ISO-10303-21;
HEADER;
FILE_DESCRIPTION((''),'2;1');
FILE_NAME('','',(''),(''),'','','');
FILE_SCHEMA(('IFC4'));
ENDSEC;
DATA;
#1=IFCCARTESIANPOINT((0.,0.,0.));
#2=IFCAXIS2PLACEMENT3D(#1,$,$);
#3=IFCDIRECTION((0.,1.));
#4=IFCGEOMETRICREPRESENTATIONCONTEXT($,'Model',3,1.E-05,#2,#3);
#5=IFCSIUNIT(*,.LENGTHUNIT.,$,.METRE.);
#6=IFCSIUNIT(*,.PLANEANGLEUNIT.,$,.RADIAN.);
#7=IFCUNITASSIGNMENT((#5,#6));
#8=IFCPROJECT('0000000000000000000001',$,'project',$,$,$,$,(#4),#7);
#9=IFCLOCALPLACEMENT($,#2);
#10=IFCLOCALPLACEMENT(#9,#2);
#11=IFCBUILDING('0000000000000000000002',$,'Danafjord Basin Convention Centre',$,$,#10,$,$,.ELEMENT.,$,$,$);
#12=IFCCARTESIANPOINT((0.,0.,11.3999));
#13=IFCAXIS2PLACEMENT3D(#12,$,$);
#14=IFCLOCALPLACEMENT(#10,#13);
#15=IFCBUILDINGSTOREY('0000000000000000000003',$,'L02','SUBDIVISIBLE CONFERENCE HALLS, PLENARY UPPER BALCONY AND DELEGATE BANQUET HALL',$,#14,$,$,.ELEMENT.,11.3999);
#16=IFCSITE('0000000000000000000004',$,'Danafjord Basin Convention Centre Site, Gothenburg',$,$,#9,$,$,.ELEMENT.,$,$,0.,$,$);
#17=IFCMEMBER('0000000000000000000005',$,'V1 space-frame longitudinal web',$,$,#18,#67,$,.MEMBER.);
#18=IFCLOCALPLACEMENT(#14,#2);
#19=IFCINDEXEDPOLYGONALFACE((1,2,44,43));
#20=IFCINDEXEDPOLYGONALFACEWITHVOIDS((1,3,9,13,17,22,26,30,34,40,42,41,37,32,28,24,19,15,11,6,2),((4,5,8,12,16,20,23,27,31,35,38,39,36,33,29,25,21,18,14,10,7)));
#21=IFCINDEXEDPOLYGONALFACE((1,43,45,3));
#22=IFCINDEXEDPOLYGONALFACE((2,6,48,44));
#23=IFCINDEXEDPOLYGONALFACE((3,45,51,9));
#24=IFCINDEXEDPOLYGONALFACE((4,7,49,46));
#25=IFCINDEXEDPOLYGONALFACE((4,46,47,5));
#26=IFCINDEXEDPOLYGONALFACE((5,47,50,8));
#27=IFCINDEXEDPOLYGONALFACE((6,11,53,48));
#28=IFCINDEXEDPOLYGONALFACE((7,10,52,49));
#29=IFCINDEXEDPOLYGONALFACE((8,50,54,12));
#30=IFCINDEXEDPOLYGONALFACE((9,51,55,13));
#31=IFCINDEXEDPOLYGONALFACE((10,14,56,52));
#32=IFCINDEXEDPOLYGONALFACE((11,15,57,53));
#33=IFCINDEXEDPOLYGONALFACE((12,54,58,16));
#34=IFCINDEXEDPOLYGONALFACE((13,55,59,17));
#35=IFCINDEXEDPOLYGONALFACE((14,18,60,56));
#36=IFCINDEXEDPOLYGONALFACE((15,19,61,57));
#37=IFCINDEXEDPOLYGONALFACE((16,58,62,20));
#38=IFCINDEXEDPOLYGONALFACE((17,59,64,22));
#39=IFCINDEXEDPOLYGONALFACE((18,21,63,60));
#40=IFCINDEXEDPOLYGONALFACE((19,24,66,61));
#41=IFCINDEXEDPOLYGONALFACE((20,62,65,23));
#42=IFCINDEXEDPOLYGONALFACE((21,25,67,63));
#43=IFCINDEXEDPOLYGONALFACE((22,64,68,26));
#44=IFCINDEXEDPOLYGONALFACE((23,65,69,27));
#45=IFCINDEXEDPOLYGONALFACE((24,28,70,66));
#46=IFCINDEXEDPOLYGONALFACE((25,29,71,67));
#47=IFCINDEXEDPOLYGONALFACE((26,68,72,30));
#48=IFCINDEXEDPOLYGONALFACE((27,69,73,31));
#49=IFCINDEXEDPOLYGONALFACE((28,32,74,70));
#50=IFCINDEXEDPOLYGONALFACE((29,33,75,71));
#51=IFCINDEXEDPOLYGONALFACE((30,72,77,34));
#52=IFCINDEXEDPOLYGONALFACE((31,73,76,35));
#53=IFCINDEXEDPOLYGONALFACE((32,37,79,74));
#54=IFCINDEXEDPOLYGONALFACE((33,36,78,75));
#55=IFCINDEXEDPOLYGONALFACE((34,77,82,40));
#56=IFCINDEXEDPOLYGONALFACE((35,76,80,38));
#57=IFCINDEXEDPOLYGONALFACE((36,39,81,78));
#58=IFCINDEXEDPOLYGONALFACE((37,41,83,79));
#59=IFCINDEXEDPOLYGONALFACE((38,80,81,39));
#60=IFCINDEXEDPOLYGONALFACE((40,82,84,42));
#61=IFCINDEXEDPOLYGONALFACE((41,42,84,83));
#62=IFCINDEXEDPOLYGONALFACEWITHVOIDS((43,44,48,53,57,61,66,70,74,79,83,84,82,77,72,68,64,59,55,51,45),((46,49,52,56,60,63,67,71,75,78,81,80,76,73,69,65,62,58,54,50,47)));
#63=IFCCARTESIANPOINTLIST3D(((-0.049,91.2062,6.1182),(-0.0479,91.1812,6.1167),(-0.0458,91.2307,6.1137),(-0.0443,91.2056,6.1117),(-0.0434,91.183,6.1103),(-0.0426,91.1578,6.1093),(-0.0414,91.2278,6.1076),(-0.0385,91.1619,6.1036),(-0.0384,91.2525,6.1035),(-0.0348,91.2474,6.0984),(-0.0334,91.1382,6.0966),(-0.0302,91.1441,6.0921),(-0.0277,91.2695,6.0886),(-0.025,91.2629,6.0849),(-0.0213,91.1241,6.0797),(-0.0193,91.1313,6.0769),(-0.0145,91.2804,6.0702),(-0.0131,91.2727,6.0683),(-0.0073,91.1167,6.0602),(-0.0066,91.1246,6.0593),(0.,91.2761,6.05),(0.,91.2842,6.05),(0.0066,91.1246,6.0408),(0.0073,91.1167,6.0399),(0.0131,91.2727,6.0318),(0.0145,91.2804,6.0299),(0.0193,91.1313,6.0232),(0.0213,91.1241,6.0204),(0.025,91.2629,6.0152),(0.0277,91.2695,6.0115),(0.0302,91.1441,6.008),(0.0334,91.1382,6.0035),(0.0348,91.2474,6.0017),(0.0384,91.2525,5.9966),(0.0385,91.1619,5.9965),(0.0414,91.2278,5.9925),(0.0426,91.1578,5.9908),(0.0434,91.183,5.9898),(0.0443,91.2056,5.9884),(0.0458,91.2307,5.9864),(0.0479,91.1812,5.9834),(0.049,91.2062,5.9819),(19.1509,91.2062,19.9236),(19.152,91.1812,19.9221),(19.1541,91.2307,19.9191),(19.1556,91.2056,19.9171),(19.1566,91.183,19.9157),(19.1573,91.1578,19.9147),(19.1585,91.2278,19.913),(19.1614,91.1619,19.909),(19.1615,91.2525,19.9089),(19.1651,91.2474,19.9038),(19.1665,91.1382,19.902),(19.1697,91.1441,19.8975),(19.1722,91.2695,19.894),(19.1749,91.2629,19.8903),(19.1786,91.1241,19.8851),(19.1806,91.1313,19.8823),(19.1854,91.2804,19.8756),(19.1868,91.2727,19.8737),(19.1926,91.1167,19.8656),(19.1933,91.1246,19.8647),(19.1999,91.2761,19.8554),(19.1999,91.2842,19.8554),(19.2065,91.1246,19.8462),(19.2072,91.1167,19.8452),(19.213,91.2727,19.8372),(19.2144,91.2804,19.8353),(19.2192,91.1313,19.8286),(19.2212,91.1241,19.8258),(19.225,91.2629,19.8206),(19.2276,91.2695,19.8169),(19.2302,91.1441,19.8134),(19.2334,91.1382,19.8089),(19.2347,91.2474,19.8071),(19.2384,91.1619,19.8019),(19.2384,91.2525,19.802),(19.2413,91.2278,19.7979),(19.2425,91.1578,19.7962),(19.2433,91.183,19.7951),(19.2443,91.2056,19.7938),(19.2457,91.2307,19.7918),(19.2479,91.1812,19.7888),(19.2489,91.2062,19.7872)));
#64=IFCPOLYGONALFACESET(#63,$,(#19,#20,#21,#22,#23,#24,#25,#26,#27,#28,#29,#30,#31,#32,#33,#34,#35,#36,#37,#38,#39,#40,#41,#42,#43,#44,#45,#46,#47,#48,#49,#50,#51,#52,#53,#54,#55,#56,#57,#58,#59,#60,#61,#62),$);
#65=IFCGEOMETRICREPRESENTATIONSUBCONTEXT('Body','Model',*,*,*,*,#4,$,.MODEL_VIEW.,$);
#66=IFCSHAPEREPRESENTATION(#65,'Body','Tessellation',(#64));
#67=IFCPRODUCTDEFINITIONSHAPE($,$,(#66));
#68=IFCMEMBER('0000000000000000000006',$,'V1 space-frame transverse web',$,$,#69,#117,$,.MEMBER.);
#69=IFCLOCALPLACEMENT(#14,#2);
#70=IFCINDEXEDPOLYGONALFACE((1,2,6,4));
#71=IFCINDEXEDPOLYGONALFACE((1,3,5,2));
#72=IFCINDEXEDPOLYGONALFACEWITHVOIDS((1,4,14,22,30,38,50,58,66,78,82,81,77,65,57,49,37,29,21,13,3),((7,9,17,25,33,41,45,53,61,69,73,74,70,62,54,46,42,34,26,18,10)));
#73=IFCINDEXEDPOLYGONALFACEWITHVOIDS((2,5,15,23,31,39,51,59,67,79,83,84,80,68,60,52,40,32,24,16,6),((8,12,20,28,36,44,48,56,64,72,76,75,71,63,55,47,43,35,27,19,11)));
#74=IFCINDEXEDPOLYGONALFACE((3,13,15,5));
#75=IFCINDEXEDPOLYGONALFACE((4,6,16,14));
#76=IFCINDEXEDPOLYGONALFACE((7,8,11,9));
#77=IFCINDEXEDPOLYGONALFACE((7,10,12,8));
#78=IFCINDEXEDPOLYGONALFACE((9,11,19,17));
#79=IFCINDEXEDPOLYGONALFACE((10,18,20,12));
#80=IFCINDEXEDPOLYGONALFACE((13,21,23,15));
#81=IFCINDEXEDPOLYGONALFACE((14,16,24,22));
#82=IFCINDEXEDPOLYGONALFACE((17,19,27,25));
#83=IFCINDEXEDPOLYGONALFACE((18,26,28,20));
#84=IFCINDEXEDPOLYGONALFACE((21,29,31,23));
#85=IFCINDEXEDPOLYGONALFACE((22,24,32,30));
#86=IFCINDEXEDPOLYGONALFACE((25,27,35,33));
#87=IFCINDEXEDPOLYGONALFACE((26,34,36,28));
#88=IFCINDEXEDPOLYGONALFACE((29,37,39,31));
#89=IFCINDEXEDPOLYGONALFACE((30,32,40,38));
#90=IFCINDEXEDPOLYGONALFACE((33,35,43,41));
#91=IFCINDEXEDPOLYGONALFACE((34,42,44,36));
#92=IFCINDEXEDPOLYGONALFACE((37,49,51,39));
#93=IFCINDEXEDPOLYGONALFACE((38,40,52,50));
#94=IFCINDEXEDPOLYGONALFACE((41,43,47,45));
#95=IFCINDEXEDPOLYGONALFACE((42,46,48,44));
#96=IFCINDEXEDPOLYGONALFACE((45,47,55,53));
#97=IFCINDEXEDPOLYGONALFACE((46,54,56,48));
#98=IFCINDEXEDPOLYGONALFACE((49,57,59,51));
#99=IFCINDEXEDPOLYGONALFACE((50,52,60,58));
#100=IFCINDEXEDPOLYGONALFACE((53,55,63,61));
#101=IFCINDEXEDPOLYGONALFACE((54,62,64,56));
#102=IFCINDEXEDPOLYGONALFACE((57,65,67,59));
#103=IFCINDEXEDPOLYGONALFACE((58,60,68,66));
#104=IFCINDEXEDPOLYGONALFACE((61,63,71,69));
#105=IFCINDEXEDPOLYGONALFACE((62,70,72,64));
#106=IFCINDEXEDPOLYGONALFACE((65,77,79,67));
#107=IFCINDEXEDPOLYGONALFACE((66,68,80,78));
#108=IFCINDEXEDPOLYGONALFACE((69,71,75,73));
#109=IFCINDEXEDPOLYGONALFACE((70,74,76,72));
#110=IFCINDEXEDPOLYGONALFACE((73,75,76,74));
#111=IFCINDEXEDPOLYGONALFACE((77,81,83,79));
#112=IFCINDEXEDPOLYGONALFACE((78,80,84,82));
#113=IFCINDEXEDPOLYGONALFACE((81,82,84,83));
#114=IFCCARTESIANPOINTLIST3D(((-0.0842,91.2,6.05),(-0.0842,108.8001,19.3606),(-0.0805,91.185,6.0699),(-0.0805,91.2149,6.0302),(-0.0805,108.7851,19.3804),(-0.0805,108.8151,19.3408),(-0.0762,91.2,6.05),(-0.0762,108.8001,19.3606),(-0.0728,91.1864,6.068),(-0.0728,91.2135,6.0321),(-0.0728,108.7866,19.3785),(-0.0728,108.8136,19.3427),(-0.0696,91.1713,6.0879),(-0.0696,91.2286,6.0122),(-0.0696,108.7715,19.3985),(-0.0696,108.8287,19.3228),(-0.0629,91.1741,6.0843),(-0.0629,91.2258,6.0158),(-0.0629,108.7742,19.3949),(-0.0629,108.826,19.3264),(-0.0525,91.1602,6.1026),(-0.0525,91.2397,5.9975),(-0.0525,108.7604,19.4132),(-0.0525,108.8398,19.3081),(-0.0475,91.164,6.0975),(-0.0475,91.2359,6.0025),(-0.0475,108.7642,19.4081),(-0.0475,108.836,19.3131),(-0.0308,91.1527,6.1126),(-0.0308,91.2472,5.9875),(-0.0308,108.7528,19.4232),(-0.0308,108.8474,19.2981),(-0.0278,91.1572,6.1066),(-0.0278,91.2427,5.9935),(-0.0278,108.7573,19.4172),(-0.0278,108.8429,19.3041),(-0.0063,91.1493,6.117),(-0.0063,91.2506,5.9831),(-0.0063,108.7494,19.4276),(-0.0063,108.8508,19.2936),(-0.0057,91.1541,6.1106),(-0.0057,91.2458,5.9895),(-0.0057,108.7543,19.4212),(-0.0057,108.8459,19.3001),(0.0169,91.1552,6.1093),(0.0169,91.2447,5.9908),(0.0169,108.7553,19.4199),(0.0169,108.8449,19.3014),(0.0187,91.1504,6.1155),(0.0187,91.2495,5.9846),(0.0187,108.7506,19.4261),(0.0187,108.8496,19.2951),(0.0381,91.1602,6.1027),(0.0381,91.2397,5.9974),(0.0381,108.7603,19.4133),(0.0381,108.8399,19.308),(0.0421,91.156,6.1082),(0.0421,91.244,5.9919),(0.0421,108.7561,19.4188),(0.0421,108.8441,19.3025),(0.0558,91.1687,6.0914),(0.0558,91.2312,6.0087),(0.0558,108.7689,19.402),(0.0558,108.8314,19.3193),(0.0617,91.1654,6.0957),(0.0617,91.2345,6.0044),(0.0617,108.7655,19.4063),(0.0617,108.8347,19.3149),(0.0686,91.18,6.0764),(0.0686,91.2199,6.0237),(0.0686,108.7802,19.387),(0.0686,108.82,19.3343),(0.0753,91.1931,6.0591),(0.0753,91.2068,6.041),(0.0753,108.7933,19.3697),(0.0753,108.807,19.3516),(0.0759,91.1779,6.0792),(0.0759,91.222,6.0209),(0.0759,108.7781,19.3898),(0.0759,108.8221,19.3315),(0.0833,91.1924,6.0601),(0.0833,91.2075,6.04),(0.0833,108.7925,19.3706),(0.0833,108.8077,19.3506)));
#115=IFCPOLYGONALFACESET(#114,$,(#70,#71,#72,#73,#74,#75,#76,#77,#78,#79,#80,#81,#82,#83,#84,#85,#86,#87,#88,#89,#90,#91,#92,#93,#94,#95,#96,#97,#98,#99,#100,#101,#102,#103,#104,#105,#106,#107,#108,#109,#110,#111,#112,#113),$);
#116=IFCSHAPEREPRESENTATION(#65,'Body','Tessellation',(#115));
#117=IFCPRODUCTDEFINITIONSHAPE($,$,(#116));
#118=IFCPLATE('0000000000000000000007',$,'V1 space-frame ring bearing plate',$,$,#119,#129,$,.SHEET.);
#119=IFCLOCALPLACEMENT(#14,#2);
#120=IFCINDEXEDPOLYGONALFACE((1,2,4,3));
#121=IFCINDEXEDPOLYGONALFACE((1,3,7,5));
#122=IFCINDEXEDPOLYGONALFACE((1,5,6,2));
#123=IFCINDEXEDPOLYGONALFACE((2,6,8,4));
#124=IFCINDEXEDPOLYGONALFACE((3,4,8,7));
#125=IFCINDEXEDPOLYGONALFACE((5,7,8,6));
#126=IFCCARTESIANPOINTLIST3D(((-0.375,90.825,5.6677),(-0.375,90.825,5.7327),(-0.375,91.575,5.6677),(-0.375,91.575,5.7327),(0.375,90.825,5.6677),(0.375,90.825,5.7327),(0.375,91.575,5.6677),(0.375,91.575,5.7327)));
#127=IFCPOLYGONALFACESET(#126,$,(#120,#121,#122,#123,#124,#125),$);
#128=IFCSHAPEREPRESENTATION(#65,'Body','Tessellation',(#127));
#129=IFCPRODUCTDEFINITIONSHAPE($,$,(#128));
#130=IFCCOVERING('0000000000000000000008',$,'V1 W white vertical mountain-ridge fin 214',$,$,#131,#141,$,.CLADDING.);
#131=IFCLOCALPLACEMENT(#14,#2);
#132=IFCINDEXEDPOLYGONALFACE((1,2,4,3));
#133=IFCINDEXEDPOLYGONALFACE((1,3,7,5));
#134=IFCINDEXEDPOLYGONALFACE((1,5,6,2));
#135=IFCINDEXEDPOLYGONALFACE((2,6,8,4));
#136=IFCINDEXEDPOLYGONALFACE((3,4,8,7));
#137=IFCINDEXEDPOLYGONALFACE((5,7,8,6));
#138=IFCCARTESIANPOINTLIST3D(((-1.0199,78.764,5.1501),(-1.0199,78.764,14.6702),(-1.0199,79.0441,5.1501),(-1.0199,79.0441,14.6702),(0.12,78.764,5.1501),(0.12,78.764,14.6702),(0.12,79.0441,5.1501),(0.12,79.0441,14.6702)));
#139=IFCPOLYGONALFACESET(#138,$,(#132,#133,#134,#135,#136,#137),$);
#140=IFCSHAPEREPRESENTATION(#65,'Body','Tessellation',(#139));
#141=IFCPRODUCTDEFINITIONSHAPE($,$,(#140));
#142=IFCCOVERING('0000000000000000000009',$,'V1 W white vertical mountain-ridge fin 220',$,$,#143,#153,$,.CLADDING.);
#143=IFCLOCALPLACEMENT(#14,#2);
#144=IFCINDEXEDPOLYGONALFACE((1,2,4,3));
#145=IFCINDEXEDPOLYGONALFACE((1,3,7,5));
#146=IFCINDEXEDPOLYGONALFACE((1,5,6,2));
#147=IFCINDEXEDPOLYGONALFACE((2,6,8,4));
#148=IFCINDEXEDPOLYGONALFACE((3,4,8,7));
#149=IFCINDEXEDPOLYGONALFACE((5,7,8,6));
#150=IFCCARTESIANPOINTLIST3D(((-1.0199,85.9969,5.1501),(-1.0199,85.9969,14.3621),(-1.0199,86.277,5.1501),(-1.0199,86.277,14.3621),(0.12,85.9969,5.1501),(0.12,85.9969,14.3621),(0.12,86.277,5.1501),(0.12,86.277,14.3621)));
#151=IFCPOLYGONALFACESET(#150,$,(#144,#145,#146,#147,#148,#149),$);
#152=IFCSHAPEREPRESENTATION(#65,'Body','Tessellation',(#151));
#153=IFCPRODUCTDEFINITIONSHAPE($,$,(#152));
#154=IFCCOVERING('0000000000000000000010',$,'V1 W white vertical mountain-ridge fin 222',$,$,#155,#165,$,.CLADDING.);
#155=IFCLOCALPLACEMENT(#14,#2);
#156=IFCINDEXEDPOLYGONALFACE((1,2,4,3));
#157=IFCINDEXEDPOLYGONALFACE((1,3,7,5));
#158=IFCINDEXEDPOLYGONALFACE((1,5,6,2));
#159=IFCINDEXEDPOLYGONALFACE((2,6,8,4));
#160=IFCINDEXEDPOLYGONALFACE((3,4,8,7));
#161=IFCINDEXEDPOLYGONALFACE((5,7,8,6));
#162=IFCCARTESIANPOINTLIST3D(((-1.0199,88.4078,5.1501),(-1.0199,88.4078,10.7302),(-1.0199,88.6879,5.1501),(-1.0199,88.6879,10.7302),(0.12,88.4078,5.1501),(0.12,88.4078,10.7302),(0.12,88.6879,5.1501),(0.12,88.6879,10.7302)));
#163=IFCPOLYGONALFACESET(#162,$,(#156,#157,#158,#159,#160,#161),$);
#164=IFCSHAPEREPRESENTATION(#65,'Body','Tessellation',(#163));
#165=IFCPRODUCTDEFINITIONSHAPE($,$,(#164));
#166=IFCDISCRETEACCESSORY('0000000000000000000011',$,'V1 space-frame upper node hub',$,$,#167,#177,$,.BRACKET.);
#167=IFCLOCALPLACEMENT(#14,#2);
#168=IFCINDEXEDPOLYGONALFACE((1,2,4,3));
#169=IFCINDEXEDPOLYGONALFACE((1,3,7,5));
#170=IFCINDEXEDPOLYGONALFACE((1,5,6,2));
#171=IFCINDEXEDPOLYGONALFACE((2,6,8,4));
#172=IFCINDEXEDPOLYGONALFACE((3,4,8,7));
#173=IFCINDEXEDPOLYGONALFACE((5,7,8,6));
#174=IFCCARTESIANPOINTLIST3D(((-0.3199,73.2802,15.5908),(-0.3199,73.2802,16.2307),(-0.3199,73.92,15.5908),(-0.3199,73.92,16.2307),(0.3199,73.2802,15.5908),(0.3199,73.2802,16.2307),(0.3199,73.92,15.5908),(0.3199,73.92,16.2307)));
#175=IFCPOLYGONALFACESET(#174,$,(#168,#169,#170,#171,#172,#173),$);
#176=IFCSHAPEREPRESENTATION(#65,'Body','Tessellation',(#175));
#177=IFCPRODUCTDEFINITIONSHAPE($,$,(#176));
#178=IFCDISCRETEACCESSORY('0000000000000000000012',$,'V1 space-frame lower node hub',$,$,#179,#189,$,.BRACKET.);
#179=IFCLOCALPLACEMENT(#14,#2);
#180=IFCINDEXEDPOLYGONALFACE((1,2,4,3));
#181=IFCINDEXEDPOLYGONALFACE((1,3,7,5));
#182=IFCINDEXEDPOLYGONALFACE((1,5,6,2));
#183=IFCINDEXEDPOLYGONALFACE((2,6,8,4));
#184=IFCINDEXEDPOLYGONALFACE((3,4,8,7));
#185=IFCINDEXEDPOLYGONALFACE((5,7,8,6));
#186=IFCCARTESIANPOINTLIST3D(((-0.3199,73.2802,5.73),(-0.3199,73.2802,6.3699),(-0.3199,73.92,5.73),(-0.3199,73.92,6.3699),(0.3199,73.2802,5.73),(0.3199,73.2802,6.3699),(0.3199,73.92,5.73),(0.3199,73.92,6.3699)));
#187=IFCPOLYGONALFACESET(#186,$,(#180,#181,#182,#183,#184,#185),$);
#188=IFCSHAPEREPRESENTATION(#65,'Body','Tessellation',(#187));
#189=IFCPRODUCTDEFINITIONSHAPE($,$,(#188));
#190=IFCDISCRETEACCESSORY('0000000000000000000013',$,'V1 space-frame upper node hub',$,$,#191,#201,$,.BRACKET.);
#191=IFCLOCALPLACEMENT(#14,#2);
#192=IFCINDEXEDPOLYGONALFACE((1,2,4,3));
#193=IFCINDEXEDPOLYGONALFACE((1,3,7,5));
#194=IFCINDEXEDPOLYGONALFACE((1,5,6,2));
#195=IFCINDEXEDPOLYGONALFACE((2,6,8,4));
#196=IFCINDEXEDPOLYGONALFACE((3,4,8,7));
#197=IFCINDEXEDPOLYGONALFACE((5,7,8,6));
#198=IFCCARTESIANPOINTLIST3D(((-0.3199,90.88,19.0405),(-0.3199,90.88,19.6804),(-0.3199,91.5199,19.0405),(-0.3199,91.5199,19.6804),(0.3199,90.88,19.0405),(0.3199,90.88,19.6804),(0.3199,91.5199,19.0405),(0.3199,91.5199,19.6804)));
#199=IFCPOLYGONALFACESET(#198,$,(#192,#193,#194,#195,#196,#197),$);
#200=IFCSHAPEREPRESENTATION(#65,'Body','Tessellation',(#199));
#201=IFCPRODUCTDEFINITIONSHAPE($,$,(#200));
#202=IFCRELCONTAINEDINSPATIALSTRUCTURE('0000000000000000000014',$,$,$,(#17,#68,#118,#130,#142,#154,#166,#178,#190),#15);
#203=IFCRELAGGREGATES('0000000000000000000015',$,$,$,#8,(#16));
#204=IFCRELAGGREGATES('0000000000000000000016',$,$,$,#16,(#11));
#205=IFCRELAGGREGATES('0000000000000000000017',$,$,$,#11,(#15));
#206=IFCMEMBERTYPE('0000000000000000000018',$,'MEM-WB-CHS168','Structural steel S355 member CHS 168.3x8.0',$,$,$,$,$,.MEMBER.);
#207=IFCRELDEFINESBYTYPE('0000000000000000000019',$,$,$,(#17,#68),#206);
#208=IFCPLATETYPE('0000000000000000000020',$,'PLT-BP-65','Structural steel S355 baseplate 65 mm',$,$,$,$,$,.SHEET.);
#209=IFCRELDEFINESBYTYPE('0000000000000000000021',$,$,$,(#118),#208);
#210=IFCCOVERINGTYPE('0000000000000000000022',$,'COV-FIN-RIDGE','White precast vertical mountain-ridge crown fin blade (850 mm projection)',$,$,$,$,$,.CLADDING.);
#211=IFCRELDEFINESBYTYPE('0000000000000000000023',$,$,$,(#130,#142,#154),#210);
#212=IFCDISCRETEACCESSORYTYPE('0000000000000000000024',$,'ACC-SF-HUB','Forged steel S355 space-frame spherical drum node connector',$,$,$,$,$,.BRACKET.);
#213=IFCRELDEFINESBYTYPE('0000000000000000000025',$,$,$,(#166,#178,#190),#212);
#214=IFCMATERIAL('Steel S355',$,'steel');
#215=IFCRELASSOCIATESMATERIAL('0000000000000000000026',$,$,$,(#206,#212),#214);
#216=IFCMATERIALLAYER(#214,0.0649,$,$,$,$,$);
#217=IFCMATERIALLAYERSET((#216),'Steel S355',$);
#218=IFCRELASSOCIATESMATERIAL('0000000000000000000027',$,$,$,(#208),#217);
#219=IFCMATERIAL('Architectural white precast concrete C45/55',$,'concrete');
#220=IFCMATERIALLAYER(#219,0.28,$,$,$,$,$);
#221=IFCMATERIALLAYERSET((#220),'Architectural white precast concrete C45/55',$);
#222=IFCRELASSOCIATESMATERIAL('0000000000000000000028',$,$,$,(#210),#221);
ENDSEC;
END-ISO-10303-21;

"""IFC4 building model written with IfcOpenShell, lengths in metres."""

from ifc_helpers import new_model, si_unit, direction, frame, origin, origin_2d, place, context, subcontext, project, spatial, rectangle, hollow_circle, extrude, material, layer, layer_set, material_profile, profile_set, type_object, element, save


model = new_model("IFC4")

# Units and contexts
model_context = context("Model", 3, precision=1e-05, world=origin(), true_north=direction((0.0, 1.0)))
body_context = subcontext(model_context, "Body", "Model", "MODEL_VIEW")
ifc_project = project(units=[si_unit("LENGTHUNIT", "METRE"), si_unit("PLANEANGLEUNIT", "RADIAN")], contexts=[model_context])

# Site, building, storey
site_placement = place(None, origin())
site = spatial("IfcSite", under=ifc_project, at=site_placement, Name="Danafjord Basin Convention Centre Site, Gothenburg", CompositionType="ELEMENT", RefElevation=0.0)
building_placement = place(site_placement, origin())
building = spatial("IfcBuilding", under=site, at=building_placement, Name="Danafjord Basin Convention Centre", CompositionType="ELEMENT")
storey_placement = place(building_placement, frame((0.0, 0.0, 11.3999)))
storey = spatial("IfcBuildingStorey", under=building, at=storey_placement, Name="L02", Description="SUBDIVISIBLE CONFERENCE HALLS, PLENARY UPPER BALCONY AND DELEGATE BANQUET HALL", CompositionType="ELEMENT", Elevation=11.3999)

# Shared definitions
ifc_material_1 = material(Name="Steel S355", Category="steel")

# Members
ifc_material_profile_1 = material_profile(ifc_material_1, hollow_circle(Radius=0.0842, WallThickness=0.0081, at=origin_2d()), Name="CHS 168.3x8.0")
ifc_profile_set_1 = profile_set([ifc_material_profile_1], Name="Steel S355")
member_type_1 = type_object("IfcMemberType", Name="MEM-WB-CHS168", Description="Structural steel S355 member CHS 168.3x8.0", PredefinedType="MEMBER", material=ifc_profile_set_1)
member_1_placement = place(storey_placement, frame((0.0, 91.2, 6.05), z_axis=(0.811906, 0.0, 0.583788), x_axis=(0.0, 1.0, 0.0)))
element("IfcMember", 1, at=member_1_placement, inside=storey, type_object=member_type_1, Name="V1 space-frame longitudinal web", PredefinedType="MEMBER", context=body_context, shape_type="SweptSolid", body=[
    extrude(hollow_circle(Radius=0.0842, WallThickness=0.0081, at=origin_2d()), origin(), (0.0, 0.0, 1.0), 23.6479),
])
member_2_placement = place(storey_placement, frame((0.0, 91.2, 6.05), z_axis=(0.0, 0.797591, 0.603199), x_axis=(-1.0, 0.0, 0.0)))
element("IfcMember", 2, at=member_2_placement, inside=storey, type_object=member_type_1, Name="V1 space-frame transverse web", PredefinedType="MEMBER", context=body_context, shape_type="SweptSolid", body=[
    extrude(hollow_circle(Radius=0.0842, WallThickness=0.0081, at=origin_2d()), origin(), (0.0, 0.0, 1.0), 22.0667),
])

# Plate
ifc_layer_1 = layer(ifc_material_1, 0.0649)
ifc_layer_set_1 = layer_set([ifc_layer_1], Name="Steel S355")
plate_type = type_object("IfcPlateType", Name="PLT-BP-65", Description="Structural steel S355 baseplate 65 mm", PredefinedType="SHEET", material=ifc_layer_set_1)
plate_placement = place(storey_placement, frame((0.0, 91.2, 5.6677), z_axis=(0.0, 0.0, 1.0), x_axis=(1.0, 0.0, 0.0)))
element("IfcPlate", 3, at=plate_placement, inside=storey, type_object=plate_type, Name="V1 space-frame ring bearing plate", PredefinedType="SHEET", context=body_context, shape_type="SweptSolid", body=[
    extrude(rectangle(XDim=0.75, YDim=0.75, at=origin_2d()), origin(), (0.0, 0.0, 1.0), 0.0649),
])

# Coverings
ifc_material_2 = material(Name="Architectural white precast concrete C45/55", Category="concrete")
ifc_layer_2 = layer(ifc_material_2, 0.28)
ifc_layer_set_2 = layer_set([ifc_layer_2], Name="Architectural white precast concrete C45/55")
covering_type = type_object("IfcCoveringType", Name="COV-FIN-RIDGE", Description="White precast vertical mountain-ridge crown fin blade (850 mm projection)", PredefinedType="CLADDING", material=ifc_layer_set_2)
covering_1_placement = place(storey_placement, frame((-0.45, 78.9041, 5.1501), z_axis=(0.0, 0.0, 1.0), x_axis=(1.0, 0.0, 0.0)))
element("IfcCovering", 4, at=covering_1_placement, inside=storey, type_object=covering_type, Name="V1 W white vertical mountain-ridge fin 214", PredefinedType="CLADDING", context=body_context, shape_type="SweptSolid", body=[
    extrude(rectangle(XDim=1.1399, YDim=0.28, at=origin_2d()), origin(), (0.0, 0.0, 1.0), 9.52),
])
covering_2_placement = place(storey_placement, frame((-0.45, 86.137, 5.1501), z_axis=(0.0, 0.0, 1.0), x_axis=(1.0, 0.0, 0.0)))
element("IfcCovering", 5, at=covering_2_placement, inside=storey, type_object=covering_type, Name="V1 W white vertical mountain-ridge fin 220", PredefinedType="CLADDING", context=body_context, shape_type="SweptSolid", body=[
    extrude(rectangle(XDim=1.1399, YDim=0.28, at=origin_2d()), origin(), (0.0, 0.0, 1.0), 9.2119),
])
covering_3_placement = place(storey_placement, frame((-0.45, 88.5479, 5.1501), z_axis=(0.0, 0.0, 1.0), x_axis=(1.0, 0.0, 0.0)))
element("IfcCovering", 6, at=covering_3_placement, inside=storey, type_object=covering_type, Name="V1 W white vertical mountain-ridge fin 222", PredefinedType="CLADDING", context=body_context, shape_type="SweptSolid", body=[
    extrude(rectangle(XDim=1.1399, YDim=0.28, at=origin_2d()), origin(), (0.0, 0.0, 1.0), 5.5801),
])

# Discrete accessories
discrete_accessory_type = type_object("IfcDiscreteAccessoryType", Name="ACC-SF-HUB", Description="Forged steel S355 space-frame spherical drum node connector", PredefinedType="BRACKET", material=ifc_material_1)
for number, where, z_axis, x_axis, name in (
    (7, (0.0, 73.6001, 15.5908), (0.0, 0.0, 1.0), (1.0, 0.0, 0.0), "V1 space-frame upper node hub"),
    (8, (0.0, 73.6001, 5.73), (0.0, 0.0, 1.0), (1.0, 0.0, 0.0), "V1 space-frame lower node hub"),
    (9, (0.0, 91.2, 19.0405), (0.0, 0.0, 1.0), (1.0, 0.0, 0.0), "V1 space-frame upper node hub"),
):
    element("IfcDiscreteAccessory", number, at=place(storey_placement, frame(where, z_axis=z_axis, x_axis=x_axis)), inside=storey, type_object=discrete_accessory_type, Name=name, PredefinedType="BRACKET", context=body_context, shape_type="SweptSolid", body=[
        extrude(rectangle(XDim=0.6399, YDim=0.6399, at=origin_2d()), origin(), (0.0, 0.0, 1.0), 0.6399),
    ])

save(model, "model.ifc")
